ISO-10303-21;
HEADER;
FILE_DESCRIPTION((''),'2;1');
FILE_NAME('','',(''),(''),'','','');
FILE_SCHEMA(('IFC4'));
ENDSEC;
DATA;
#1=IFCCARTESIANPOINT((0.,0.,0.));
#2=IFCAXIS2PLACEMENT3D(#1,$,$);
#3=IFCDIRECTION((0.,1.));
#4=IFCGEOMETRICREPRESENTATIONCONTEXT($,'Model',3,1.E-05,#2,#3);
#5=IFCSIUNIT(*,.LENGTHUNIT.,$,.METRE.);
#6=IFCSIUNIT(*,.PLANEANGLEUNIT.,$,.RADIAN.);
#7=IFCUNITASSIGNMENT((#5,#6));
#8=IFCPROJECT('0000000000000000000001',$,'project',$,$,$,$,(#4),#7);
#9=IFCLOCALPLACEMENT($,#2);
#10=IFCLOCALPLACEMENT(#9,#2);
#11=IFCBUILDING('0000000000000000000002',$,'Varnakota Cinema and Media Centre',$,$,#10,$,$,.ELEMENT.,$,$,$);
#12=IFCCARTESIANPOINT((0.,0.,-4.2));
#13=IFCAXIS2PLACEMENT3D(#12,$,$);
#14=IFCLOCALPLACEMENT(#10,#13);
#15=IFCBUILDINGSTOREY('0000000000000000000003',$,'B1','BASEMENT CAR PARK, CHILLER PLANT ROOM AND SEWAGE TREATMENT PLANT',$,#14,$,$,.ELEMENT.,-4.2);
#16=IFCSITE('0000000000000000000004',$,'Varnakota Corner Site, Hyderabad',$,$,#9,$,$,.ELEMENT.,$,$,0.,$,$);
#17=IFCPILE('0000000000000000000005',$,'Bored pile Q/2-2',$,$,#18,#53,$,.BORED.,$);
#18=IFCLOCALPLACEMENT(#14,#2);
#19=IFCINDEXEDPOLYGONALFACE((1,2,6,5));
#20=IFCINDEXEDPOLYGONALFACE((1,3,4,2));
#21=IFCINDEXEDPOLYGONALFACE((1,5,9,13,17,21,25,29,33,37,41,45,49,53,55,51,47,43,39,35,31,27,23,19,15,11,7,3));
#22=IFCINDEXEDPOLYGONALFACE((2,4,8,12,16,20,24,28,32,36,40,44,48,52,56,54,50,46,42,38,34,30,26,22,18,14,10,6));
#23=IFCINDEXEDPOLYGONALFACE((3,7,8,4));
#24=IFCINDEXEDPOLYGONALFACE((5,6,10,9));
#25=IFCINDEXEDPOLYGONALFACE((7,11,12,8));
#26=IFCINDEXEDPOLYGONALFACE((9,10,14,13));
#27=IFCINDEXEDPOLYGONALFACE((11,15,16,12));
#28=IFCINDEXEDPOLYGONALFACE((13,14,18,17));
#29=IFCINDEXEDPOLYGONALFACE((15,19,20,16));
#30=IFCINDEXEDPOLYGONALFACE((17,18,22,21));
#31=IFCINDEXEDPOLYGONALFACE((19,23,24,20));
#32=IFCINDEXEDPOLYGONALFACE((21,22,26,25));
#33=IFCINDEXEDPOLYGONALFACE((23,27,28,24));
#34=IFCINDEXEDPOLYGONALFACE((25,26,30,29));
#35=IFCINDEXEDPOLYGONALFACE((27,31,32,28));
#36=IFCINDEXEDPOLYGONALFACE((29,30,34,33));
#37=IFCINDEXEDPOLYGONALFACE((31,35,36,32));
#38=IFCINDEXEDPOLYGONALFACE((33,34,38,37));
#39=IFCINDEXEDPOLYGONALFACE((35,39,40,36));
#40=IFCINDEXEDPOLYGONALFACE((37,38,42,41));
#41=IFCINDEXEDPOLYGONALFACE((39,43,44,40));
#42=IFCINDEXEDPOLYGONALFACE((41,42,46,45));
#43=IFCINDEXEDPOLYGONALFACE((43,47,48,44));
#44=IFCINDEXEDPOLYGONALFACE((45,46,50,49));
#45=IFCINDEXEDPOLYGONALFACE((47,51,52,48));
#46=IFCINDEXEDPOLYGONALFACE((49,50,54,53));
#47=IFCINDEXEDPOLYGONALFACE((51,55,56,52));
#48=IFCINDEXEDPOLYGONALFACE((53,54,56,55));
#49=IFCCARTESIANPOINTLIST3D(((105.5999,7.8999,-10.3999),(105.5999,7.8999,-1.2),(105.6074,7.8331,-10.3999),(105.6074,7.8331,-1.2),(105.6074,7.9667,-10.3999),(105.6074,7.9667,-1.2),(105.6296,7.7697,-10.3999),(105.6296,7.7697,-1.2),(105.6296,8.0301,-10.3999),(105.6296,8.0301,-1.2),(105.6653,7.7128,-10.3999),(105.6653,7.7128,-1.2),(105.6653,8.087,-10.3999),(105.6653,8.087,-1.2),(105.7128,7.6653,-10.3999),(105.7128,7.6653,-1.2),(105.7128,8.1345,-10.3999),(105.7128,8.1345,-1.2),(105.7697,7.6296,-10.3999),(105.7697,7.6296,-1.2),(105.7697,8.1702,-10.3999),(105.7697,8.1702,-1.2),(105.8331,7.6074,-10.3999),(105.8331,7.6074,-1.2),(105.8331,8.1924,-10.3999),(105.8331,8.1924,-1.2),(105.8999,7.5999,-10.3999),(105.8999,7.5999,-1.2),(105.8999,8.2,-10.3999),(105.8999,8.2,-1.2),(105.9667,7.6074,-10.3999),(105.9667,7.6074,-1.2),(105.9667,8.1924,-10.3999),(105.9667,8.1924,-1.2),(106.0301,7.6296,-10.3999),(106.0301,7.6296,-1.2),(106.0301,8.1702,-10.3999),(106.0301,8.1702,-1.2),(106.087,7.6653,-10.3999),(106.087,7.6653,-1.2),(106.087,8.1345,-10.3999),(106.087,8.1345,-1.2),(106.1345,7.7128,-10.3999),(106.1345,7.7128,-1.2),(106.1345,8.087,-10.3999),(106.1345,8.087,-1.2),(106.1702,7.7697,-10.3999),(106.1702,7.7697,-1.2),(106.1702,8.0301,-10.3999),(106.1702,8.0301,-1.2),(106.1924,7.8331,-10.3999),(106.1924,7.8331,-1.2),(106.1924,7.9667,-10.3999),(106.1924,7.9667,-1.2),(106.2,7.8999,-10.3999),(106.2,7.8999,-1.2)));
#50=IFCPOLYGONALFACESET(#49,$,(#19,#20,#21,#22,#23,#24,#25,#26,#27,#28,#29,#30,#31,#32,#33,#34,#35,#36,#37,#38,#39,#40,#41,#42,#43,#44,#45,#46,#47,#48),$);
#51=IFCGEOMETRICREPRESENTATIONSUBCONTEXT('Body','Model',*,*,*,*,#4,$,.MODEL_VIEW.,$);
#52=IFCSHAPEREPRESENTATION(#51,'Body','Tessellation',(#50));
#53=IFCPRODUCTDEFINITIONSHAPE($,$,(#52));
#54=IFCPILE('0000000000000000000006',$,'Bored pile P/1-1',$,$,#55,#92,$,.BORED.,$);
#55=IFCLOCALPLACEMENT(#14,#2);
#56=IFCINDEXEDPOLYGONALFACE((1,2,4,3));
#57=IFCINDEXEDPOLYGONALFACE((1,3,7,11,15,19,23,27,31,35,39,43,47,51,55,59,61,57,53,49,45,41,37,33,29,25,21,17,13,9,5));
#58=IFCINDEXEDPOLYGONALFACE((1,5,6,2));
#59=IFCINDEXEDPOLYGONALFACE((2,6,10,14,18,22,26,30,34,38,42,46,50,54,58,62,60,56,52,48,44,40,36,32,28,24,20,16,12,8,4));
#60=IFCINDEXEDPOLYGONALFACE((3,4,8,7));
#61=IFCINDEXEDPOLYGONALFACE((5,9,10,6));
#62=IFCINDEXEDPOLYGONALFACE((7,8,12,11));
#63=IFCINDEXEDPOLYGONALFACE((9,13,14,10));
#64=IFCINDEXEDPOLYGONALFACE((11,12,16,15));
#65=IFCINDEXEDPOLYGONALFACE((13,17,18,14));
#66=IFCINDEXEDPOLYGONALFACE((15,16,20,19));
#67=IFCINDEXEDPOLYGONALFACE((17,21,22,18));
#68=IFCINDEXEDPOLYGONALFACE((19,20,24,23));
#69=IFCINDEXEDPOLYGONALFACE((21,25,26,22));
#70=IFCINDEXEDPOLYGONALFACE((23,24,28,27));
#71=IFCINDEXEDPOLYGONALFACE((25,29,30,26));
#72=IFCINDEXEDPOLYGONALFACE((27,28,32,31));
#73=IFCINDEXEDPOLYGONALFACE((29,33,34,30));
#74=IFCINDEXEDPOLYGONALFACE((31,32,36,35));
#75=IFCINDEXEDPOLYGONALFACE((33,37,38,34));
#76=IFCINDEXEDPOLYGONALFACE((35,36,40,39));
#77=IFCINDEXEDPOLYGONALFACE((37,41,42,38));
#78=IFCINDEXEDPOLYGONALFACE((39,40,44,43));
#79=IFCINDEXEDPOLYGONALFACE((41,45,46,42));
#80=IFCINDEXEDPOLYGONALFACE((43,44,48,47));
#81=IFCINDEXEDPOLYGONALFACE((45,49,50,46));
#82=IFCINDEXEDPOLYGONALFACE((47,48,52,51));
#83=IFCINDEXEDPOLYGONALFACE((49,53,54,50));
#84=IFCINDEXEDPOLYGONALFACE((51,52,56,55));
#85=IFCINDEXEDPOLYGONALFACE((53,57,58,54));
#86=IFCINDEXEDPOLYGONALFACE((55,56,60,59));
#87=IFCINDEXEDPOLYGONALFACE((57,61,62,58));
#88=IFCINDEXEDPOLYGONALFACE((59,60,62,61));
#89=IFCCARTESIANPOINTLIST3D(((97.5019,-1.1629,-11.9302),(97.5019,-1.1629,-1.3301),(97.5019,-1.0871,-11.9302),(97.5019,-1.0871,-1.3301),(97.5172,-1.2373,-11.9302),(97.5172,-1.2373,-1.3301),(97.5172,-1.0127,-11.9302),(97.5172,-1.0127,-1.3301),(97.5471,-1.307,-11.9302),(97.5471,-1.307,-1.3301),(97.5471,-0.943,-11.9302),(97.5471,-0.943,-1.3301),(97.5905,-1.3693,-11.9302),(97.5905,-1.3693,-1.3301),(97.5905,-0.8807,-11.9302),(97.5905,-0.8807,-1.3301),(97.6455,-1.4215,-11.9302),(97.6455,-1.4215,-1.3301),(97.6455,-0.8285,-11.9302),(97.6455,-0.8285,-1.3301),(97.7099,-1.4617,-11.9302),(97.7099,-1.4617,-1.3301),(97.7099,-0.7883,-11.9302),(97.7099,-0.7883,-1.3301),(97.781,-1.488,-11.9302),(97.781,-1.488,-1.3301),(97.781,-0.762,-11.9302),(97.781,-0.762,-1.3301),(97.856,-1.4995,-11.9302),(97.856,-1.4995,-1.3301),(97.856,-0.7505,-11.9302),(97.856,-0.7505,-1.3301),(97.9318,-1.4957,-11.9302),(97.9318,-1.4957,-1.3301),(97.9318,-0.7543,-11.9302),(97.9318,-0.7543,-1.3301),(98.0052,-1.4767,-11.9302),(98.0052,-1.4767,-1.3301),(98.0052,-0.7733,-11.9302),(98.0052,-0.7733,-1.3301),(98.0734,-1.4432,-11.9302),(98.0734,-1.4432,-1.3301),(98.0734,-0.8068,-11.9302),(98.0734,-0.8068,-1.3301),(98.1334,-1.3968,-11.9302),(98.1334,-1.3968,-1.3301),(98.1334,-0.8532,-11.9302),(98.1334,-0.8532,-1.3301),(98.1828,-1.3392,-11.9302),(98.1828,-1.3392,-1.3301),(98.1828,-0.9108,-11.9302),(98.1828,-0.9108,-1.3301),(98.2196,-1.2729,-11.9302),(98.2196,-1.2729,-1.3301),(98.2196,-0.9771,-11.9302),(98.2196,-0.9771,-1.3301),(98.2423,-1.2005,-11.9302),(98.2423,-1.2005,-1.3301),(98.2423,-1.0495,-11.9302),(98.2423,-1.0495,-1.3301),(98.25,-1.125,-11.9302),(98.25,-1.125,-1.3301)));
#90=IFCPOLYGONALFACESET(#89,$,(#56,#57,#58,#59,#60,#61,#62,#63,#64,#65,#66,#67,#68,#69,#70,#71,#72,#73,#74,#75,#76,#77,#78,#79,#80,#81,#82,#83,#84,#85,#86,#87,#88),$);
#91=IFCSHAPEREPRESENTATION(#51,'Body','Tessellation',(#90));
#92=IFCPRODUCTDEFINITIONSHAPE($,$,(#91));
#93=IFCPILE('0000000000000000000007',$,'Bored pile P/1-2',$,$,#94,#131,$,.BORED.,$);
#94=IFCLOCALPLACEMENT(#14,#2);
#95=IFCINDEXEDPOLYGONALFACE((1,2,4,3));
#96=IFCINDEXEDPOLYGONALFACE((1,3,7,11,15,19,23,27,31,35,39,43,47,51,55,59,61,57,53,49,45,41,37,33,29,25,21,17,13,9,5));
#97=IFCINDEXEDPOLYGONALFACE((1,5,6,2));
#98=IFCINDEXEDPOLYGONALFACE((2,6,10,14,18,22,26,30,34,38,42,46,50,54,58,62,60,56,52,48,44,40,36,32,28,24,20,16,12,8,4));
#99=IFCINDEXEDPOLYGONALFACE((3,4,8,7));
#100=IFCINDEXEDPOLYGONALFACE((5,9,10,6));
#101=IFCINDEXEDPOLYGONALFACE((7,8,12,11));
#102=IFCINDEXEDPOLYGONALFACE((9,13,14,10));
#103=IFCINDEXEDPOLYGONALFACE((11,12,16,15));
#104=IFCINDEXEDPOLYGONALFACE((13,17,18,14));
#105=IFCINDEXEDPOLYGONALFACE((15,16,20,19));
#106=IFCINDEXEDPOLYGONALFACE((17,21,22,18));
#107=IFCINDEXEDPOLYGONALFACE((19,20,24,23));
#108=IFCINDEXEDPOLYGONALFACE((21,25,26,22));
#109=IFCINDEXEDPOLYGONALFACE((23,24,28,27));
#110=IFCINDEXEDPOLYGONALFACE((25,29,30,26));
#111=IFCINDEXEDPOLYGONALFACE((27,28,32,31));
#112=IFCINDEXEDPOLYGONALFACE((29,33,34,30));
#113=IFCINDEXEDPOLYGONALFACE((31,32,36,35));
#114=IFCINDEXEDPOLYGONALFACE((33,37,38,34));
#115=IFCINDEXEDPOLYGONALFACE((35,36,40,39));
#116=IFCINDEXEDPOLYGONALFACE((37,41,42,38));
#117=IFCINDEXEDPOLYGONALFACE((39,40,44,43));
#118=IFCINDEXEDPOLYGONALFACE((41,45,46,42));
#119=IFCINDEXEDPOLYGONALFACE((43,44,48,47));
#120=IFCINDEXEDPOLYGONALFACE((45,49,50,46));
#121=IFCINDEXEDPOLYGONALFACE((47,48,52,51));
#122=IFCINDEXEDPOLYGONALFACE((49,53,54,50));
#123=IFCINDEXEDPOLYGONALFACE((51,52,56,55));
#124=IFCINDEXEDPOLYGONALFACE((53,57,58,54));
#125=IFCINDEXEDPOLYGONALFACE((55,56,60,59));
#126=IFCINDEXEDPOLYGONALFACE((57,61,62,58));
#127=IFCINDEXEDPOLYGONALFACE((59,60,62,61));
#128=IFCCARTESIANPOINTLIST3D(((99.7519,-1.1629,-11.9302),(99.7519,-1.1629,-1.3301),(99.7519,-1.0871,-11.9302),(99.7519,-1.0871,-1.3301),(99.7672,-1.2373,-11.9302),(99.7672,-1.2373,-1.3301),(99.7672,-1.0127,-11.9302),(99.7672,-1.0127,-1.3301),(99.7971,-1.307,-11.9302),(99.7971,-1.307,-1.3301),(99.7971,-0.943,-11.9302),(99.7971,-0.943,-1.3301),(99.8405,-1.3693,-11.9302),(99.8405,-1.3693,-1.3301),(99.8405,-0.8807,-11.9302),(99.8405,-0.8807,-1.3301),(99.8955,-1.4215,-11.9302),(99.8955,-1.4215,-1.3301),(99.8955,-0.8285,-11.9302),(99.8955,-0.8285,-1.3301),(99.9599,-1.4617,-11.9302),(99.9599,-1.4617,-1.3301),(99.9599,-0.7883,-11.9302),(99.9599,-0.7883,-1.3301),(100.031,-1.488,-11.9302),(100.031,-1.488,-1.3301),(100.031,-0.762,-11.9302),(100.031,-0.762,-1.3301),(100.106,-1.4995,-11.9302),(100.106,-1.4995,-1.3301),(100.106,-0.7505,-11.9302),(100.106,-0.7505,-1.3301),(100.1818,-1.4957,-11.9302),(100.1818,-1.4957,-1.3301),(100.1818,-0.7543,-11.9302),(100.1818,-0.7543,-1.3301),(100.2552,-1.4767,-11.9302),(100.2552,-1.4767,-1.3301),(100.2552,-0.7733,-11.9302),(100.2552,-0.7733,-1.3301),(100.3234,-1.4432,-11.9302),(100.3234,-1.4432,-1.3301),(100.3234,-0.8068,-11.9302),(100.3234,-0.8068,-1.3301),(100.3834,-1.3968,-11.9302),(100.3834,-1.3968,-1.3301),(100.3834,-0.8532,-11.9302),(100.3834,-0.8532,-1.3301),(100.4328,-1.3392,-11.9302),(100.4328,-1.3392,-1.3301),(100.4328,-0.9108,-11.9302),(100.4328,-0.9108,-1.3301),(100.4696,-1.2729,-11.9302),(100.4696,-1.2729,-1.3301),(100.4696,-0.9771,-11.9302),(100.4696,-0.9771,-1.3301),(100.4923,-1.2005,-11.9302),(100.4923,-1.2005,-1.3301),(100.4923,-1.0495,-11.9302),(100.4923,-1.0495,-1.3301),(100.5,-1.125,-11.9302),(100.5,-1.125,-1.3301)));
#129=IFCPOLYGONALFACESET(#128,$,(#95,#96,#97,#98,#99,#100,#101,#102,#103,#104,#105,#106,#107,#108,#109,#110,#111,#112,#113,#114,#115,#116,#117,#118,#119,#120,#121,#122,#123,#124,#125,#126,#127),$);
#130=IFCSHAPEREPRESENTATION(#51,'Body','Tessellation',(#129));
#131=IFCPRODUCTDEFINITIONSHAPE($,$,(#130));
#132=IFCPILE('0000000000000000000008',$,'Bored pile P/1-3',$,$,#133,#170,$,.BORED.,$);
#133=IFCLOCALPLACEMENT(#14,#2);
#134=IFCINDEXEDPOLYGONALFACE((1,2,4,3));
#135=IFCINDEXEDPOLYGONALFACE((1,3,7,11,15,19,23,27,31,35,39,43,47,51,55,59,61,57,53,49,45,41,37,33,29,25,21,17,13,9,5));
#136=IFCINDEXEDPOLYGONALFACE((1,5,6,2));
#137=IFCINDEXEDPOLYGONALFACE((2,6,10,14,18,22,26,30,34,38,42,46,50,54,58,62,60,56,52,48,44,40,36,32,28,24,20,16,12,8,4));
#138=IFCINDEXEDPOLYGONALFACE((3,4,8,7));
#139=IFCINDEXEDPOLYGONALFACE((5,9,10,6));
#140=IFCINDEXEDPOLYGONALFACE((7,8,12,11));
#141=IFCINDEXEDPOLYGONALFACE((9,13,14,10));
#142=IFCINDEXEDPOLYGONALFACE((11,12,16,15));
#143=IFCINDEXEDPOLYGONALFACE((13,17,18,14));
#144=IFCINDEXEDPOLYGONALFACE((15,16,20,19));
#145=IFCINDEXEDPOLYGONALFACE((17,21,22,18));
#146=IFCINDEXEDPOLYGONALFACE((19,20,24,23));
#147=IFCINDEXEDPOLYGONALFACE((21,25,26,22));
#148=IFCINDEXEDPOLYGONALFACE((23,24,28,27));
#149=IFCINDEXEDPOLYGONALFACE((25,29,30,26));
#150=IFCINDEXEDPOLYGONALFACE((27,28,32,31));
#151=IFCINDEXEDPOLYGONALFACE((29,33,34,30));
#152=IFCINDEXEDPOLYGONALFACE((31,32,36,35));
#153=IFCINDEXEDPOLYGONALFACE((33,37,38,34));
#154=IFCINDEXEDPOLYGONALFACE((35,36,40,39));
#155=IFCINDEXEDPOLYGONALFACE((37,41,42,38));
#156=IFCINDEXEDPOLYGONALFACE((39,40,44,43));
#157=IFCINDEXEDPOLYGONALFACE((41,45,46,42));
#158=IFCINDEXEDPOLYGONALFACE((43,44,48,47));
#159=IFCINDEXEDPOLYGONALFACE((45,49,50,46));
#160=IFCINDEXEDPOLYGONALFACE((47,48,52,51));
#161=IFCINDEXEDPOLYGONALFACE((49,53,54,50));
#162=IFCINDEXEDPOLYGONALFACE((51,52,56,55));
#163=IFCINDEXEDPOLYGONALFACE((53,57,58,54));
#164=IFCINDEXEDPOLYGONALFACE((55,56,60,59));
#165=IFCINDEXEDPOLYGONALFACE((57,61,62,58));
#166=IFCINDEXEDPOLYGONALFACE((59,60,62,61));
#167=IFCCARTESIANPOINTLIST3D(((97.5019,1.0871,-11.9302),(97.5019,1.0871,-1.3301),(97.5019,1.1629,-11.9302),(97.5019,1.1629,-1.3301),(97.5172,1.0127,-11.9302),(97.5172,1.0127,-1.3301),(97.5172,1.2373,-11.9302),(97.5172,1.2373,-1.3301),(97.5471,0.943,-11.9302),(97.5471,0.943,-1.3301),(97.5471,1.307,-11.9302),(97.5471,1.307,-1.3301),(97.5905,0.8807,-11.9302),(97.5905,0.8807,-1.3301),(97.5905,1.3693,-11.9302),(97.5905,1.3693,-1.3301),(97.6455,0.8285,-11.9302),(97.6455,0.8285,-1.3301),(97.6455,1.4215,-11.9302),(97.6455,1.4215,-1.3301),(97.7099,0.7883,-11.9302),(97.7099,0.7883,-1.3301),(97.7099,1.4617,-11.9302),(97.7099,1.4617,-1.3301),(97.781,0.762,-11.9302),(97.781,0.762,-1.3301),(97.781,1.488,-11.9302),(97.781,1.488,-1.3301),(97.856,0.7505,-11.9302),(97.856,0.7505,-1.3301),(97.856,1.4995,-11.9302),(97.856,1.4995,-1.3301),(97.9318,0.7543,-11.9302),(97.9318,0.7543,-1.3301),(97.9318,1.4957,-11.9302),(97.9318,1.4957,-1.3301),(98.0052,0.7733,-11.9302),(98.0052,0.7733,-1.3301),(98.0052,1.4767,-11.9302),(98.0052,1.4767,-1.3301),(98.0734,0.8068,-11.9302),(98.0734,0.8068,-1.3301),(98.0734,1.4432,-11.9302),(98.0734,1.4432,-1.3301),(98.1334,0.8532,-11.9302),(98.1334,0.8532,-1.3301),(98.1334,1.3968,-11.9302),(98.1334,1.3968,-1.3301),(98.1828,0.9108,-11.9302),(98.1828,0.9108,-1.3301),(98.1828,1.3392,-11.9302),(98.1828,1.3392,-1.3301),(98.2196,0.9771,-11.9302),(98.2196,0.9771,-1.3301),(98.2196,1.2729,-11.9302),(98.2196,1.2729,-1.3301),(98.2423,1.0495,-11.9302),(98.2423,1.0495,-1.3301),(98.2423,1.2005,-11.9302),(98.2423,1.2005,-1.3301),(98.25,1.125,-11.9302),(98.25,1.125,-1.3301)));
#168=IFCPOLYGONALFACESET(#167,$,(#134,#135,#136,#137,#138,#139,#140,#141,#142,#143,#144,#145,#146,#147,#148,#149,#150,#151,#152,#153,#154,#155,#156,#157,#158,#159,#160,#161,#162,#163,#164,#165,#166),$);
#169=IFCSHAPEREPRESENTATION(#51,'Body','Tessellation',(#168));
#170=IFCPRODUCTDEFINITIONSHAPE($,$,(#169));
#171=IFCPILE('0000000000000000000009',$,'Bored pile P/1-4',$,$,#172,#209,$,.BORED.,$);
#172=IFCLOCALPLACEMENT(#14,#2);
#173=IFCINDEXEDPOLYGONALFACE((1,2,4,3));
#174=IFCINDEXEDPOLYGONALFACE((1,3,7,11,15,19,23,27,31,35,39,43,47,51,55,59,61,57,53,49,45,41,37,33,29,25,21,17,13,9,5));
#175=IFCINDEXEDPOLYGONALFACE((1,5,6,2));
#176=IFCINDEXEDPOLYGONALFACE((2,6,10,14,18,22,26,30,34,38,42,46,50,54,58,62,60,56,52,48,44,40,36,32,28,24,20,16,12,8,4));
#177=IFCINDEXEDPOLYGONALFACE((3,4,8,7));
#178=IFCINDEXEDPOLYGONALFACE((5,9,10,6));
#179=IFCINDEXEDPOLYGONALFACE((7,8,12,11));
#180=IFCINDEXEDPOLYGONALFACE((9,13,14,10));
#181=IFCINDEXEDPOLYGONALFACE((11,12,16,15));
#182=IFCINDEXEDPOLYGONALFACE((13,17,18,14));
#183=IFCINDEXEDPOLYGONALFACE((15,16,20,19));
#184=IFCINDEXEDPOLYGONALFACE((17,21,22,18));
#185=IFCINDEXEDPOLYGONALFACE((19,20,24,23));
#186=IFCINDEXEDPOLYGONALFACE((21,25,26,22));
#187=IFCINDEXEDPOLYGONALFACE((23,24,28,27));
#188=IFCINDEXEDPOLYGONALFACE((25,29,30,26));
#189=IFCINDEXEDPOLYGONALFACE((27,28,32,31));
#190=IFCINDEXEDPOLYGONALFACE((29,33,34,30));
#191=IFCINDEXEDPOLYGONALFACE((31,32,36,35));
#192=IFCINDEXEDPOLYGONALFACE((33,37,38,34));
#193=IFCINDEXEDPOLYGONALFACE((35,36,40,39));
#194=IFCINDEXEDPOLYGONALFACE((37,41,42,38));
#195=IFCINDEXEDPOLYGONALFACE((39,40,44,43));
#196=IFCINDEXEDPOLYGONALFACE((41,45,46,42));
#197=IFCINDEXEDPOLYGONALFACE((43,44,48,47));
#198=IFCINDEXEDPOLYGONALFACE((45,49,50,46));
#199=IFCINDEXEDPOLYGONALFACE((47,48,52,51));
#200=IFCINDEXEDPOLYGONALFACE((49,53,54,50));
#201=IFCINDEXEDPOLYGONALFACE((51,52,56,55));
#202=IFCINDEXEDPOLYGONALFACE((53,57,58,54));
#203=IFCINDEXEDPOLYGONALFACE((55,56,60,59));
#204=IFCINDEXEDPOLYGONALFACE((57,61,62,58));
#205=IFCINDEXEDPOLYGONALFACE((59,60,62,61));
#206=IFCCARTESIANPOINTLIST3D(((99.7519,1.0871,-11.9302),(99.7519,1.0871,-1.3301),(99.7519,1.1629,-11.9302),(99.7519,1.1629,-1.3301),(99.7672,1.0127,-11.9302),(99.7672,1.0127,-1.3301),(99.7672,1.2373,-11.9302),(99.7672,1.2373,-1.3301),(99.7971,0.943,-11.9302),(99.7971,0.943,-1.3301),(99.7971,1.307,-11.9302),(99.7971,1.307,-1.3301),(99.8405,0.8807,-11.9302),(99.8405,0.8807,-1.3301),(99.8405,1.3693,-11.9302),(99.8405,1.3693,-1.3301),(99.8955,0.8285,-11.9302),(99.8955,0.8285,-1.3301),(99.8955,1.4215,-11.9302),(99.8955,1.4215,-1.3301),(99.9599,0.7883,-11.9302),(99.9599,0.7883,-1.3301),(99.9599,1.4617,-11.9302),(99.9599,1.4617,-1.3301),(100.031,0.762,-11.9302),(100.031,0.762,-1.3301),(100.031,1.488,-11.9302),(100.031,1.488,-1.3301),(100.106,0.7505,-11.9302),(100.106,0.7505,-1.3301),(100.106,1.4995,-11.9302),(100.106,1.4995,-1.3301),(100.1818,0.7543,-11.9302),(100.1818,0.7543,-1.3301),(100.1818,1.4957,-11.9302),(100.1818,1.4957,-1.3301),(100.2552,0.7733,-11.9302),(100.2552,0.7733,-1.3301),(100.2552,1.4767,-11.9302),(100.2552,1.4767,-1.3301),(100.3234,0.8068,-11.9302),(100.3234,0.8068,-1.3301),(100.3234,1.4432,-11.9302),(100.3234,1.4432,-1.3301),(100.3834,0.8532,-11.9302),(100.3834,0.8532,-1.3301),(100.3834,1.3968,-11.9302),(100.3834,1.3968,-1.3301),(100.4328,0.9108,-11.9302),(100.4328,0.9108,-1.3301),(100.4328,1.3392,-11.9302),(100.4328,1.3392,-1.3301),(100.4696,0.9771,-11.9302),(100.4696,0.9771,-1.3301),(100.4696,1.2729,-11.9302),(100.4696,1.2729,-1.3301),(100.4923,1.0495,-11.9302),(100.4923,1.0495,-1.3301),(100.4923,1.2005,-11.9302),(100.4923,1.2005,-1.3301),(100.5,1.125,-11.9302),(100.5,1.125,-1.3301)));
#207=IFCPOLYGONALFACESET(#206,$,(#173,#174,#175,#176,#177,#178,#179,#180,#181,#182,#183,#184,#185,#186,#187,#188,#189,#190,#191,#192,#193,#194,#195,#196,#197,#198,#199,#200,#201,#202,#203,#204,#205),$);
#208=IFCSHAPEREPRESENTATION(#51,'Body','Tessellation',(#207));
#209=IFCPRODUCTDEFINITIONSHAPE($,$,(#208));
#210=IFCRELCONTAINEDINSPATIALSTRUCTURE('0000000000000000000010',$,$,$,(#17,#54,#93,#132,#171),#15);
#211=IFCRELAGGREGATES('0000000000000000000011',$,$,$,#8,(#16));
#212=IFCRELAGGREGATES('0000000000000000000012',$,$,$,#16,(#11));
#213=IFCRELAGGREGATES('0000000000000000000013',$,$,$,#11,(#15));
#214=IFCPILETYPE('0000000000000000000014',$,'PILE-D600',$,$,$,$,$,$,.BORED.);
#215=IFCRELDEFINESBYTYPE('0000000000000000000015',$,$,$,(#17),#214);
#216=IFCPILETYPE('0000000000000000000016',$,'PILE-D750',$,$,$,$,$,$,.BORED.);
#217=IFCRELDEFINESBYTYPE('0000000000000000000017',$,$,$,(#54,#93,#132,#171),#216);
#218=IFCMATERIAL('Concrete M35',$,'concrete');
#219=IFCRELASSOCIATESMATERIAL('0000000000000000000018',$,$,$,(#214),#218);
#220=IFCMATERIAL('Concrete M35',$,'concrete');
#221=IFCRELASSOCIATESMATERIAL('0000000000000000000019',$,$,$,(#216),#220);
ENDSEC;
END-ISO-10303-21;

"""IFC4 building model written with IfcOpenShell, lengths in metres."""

from ifc_helpers import new_model, si_unit, direction, frame, origin, origin_2d, place, context, subcontext, project, spatial, circle, extrude, material, material_profile, profile_set, type_object, element, save


model = new_model("IFC4")

# Units and contexts
model_context = context("Model", 3, precision=1e-05, world=origin(), true_north=direction((0.0, 1.0)))
body_context = subcontext(model_context, "Body", "Model", "MODEL_VIEW")
ifc_project = project(units=[si_unit("LENGTHUNIT", "METRE"), si_unit("PLANEANGLEUNIT", "RADIAN")], contexts=[model_context])

# Site, building, storey
site_placement = place(None, origin())
site = spatial("IfcSite", under=ifc_project, at=site_placement, Name="Varnakota Corner Site, Hyderabad", CompositionType="ELEMENT", RefElevation=0.0)
building_placement = place(site_placement, origin())
building = spatial("IfcBuilding", under=site, at=building_placement, Name="Varnakota Cinema and Media Centre", CompositionType="ELEMENT")
storey_placement = place(building_placement, frame((0.0, 0.0, -4.2)))
storey = spatial("IfcBuildingStorey", under=building, at=storey_placement, Name="B1", Description="BASEMENT CAR PARK, CHILLER PLANT ROOM AND SEWAGE TREATMENT PLANT", CompositionType="ELEMENT", Elevation=-4.2)

# Piles
ifc_material_1 = material(Name="Concrete M35", Category="concrete")
ifc_material_profile_1 = material_profile(ifc_material_1, circle(Radius=0.3, at=origin_2d()), Name="PILE D600")
ifc_profile_set_1 = profile_set([ifc_material_profile_1], Name="Concrete M35")
pile_type_1 = type_object("IfcPileType", Name="PILE-D600", PredefinedType="BORED", material=ifc_profile_set_1)
for number, where, z_axis, x_axis, name in (
    (1, (105.8999, 7.8999, -1.2), (0.0, 0.0, -1.0), (1.0, 0.0, 0.0), "Bored pile Q/2-2"),
):
    element("IfcPile", number, at=place(storey_placement, frame(where, z_axis=z_axis, x_axis=x_axis)), inside=storey, type_object=pile_type_1, Name=name, PredefinedType="BORED", context=body_context, shape_type="SweptSolid", body=[
        extrude(circle(Radius=0.3, at=origin_2d()), origin(), (0.0, 0.0, 1.0), 9.2),
    ])
ifc_material_2 = material(Name="Concrete M35", Category="concrete")
ifc_material_profile_2 = material_profile(ifc_material_2, circle(Radius=0.375, at=origin_2d()), Name="PILE D750")
ifc_profile_set_2 = profile_set([ifc_material_profile_2], Name="Concrete M35")
pile_type_2 = type_object("IfcPileType", Name="PILE-D750", PredefinedType="BORED", material=ifc_profile_set_2)
for number, where, z_axis, x_axis, name in (
    (2, (97.875, -1.125, -1.3301), (0.0, 0.0, -1.0), (1.0, 0.0, 0.0), "Bored pile P/1-1"),
    (3, (100.125, -1.125, -1.3301), (0.0, 0.0, -1.0), (1.0, 0.0, 0.0), "Bored pile P/1-2"),
    (4, (97.875, 1.125, -1.3301), (0.0, 0.0, -1.0), (1.0, 0.0, 0.0), "Bored pile P/1-3"),
    (5, (100.125, 1.125, -1.3301), (0.0, 0.0, -1.0), (1.0, 0.0, 0.0), "Bored pile P/1-4"),
):
    element("IfcPile", number, at=place(storey_placement, frame(where, z_axis=z_axis, x_axis=x_axis)), inside=storey, type_object=pile_type_2, Name=name, PredefinedType="BORED", context=body_context, shape_type="SweptSolid", body=[
        extrude(circle(Radius=0.375, at=origin_2d()), origin(), (0.0, 0.0, 1.0), 10.6001),
    ])

save(model, "model.ifc")
